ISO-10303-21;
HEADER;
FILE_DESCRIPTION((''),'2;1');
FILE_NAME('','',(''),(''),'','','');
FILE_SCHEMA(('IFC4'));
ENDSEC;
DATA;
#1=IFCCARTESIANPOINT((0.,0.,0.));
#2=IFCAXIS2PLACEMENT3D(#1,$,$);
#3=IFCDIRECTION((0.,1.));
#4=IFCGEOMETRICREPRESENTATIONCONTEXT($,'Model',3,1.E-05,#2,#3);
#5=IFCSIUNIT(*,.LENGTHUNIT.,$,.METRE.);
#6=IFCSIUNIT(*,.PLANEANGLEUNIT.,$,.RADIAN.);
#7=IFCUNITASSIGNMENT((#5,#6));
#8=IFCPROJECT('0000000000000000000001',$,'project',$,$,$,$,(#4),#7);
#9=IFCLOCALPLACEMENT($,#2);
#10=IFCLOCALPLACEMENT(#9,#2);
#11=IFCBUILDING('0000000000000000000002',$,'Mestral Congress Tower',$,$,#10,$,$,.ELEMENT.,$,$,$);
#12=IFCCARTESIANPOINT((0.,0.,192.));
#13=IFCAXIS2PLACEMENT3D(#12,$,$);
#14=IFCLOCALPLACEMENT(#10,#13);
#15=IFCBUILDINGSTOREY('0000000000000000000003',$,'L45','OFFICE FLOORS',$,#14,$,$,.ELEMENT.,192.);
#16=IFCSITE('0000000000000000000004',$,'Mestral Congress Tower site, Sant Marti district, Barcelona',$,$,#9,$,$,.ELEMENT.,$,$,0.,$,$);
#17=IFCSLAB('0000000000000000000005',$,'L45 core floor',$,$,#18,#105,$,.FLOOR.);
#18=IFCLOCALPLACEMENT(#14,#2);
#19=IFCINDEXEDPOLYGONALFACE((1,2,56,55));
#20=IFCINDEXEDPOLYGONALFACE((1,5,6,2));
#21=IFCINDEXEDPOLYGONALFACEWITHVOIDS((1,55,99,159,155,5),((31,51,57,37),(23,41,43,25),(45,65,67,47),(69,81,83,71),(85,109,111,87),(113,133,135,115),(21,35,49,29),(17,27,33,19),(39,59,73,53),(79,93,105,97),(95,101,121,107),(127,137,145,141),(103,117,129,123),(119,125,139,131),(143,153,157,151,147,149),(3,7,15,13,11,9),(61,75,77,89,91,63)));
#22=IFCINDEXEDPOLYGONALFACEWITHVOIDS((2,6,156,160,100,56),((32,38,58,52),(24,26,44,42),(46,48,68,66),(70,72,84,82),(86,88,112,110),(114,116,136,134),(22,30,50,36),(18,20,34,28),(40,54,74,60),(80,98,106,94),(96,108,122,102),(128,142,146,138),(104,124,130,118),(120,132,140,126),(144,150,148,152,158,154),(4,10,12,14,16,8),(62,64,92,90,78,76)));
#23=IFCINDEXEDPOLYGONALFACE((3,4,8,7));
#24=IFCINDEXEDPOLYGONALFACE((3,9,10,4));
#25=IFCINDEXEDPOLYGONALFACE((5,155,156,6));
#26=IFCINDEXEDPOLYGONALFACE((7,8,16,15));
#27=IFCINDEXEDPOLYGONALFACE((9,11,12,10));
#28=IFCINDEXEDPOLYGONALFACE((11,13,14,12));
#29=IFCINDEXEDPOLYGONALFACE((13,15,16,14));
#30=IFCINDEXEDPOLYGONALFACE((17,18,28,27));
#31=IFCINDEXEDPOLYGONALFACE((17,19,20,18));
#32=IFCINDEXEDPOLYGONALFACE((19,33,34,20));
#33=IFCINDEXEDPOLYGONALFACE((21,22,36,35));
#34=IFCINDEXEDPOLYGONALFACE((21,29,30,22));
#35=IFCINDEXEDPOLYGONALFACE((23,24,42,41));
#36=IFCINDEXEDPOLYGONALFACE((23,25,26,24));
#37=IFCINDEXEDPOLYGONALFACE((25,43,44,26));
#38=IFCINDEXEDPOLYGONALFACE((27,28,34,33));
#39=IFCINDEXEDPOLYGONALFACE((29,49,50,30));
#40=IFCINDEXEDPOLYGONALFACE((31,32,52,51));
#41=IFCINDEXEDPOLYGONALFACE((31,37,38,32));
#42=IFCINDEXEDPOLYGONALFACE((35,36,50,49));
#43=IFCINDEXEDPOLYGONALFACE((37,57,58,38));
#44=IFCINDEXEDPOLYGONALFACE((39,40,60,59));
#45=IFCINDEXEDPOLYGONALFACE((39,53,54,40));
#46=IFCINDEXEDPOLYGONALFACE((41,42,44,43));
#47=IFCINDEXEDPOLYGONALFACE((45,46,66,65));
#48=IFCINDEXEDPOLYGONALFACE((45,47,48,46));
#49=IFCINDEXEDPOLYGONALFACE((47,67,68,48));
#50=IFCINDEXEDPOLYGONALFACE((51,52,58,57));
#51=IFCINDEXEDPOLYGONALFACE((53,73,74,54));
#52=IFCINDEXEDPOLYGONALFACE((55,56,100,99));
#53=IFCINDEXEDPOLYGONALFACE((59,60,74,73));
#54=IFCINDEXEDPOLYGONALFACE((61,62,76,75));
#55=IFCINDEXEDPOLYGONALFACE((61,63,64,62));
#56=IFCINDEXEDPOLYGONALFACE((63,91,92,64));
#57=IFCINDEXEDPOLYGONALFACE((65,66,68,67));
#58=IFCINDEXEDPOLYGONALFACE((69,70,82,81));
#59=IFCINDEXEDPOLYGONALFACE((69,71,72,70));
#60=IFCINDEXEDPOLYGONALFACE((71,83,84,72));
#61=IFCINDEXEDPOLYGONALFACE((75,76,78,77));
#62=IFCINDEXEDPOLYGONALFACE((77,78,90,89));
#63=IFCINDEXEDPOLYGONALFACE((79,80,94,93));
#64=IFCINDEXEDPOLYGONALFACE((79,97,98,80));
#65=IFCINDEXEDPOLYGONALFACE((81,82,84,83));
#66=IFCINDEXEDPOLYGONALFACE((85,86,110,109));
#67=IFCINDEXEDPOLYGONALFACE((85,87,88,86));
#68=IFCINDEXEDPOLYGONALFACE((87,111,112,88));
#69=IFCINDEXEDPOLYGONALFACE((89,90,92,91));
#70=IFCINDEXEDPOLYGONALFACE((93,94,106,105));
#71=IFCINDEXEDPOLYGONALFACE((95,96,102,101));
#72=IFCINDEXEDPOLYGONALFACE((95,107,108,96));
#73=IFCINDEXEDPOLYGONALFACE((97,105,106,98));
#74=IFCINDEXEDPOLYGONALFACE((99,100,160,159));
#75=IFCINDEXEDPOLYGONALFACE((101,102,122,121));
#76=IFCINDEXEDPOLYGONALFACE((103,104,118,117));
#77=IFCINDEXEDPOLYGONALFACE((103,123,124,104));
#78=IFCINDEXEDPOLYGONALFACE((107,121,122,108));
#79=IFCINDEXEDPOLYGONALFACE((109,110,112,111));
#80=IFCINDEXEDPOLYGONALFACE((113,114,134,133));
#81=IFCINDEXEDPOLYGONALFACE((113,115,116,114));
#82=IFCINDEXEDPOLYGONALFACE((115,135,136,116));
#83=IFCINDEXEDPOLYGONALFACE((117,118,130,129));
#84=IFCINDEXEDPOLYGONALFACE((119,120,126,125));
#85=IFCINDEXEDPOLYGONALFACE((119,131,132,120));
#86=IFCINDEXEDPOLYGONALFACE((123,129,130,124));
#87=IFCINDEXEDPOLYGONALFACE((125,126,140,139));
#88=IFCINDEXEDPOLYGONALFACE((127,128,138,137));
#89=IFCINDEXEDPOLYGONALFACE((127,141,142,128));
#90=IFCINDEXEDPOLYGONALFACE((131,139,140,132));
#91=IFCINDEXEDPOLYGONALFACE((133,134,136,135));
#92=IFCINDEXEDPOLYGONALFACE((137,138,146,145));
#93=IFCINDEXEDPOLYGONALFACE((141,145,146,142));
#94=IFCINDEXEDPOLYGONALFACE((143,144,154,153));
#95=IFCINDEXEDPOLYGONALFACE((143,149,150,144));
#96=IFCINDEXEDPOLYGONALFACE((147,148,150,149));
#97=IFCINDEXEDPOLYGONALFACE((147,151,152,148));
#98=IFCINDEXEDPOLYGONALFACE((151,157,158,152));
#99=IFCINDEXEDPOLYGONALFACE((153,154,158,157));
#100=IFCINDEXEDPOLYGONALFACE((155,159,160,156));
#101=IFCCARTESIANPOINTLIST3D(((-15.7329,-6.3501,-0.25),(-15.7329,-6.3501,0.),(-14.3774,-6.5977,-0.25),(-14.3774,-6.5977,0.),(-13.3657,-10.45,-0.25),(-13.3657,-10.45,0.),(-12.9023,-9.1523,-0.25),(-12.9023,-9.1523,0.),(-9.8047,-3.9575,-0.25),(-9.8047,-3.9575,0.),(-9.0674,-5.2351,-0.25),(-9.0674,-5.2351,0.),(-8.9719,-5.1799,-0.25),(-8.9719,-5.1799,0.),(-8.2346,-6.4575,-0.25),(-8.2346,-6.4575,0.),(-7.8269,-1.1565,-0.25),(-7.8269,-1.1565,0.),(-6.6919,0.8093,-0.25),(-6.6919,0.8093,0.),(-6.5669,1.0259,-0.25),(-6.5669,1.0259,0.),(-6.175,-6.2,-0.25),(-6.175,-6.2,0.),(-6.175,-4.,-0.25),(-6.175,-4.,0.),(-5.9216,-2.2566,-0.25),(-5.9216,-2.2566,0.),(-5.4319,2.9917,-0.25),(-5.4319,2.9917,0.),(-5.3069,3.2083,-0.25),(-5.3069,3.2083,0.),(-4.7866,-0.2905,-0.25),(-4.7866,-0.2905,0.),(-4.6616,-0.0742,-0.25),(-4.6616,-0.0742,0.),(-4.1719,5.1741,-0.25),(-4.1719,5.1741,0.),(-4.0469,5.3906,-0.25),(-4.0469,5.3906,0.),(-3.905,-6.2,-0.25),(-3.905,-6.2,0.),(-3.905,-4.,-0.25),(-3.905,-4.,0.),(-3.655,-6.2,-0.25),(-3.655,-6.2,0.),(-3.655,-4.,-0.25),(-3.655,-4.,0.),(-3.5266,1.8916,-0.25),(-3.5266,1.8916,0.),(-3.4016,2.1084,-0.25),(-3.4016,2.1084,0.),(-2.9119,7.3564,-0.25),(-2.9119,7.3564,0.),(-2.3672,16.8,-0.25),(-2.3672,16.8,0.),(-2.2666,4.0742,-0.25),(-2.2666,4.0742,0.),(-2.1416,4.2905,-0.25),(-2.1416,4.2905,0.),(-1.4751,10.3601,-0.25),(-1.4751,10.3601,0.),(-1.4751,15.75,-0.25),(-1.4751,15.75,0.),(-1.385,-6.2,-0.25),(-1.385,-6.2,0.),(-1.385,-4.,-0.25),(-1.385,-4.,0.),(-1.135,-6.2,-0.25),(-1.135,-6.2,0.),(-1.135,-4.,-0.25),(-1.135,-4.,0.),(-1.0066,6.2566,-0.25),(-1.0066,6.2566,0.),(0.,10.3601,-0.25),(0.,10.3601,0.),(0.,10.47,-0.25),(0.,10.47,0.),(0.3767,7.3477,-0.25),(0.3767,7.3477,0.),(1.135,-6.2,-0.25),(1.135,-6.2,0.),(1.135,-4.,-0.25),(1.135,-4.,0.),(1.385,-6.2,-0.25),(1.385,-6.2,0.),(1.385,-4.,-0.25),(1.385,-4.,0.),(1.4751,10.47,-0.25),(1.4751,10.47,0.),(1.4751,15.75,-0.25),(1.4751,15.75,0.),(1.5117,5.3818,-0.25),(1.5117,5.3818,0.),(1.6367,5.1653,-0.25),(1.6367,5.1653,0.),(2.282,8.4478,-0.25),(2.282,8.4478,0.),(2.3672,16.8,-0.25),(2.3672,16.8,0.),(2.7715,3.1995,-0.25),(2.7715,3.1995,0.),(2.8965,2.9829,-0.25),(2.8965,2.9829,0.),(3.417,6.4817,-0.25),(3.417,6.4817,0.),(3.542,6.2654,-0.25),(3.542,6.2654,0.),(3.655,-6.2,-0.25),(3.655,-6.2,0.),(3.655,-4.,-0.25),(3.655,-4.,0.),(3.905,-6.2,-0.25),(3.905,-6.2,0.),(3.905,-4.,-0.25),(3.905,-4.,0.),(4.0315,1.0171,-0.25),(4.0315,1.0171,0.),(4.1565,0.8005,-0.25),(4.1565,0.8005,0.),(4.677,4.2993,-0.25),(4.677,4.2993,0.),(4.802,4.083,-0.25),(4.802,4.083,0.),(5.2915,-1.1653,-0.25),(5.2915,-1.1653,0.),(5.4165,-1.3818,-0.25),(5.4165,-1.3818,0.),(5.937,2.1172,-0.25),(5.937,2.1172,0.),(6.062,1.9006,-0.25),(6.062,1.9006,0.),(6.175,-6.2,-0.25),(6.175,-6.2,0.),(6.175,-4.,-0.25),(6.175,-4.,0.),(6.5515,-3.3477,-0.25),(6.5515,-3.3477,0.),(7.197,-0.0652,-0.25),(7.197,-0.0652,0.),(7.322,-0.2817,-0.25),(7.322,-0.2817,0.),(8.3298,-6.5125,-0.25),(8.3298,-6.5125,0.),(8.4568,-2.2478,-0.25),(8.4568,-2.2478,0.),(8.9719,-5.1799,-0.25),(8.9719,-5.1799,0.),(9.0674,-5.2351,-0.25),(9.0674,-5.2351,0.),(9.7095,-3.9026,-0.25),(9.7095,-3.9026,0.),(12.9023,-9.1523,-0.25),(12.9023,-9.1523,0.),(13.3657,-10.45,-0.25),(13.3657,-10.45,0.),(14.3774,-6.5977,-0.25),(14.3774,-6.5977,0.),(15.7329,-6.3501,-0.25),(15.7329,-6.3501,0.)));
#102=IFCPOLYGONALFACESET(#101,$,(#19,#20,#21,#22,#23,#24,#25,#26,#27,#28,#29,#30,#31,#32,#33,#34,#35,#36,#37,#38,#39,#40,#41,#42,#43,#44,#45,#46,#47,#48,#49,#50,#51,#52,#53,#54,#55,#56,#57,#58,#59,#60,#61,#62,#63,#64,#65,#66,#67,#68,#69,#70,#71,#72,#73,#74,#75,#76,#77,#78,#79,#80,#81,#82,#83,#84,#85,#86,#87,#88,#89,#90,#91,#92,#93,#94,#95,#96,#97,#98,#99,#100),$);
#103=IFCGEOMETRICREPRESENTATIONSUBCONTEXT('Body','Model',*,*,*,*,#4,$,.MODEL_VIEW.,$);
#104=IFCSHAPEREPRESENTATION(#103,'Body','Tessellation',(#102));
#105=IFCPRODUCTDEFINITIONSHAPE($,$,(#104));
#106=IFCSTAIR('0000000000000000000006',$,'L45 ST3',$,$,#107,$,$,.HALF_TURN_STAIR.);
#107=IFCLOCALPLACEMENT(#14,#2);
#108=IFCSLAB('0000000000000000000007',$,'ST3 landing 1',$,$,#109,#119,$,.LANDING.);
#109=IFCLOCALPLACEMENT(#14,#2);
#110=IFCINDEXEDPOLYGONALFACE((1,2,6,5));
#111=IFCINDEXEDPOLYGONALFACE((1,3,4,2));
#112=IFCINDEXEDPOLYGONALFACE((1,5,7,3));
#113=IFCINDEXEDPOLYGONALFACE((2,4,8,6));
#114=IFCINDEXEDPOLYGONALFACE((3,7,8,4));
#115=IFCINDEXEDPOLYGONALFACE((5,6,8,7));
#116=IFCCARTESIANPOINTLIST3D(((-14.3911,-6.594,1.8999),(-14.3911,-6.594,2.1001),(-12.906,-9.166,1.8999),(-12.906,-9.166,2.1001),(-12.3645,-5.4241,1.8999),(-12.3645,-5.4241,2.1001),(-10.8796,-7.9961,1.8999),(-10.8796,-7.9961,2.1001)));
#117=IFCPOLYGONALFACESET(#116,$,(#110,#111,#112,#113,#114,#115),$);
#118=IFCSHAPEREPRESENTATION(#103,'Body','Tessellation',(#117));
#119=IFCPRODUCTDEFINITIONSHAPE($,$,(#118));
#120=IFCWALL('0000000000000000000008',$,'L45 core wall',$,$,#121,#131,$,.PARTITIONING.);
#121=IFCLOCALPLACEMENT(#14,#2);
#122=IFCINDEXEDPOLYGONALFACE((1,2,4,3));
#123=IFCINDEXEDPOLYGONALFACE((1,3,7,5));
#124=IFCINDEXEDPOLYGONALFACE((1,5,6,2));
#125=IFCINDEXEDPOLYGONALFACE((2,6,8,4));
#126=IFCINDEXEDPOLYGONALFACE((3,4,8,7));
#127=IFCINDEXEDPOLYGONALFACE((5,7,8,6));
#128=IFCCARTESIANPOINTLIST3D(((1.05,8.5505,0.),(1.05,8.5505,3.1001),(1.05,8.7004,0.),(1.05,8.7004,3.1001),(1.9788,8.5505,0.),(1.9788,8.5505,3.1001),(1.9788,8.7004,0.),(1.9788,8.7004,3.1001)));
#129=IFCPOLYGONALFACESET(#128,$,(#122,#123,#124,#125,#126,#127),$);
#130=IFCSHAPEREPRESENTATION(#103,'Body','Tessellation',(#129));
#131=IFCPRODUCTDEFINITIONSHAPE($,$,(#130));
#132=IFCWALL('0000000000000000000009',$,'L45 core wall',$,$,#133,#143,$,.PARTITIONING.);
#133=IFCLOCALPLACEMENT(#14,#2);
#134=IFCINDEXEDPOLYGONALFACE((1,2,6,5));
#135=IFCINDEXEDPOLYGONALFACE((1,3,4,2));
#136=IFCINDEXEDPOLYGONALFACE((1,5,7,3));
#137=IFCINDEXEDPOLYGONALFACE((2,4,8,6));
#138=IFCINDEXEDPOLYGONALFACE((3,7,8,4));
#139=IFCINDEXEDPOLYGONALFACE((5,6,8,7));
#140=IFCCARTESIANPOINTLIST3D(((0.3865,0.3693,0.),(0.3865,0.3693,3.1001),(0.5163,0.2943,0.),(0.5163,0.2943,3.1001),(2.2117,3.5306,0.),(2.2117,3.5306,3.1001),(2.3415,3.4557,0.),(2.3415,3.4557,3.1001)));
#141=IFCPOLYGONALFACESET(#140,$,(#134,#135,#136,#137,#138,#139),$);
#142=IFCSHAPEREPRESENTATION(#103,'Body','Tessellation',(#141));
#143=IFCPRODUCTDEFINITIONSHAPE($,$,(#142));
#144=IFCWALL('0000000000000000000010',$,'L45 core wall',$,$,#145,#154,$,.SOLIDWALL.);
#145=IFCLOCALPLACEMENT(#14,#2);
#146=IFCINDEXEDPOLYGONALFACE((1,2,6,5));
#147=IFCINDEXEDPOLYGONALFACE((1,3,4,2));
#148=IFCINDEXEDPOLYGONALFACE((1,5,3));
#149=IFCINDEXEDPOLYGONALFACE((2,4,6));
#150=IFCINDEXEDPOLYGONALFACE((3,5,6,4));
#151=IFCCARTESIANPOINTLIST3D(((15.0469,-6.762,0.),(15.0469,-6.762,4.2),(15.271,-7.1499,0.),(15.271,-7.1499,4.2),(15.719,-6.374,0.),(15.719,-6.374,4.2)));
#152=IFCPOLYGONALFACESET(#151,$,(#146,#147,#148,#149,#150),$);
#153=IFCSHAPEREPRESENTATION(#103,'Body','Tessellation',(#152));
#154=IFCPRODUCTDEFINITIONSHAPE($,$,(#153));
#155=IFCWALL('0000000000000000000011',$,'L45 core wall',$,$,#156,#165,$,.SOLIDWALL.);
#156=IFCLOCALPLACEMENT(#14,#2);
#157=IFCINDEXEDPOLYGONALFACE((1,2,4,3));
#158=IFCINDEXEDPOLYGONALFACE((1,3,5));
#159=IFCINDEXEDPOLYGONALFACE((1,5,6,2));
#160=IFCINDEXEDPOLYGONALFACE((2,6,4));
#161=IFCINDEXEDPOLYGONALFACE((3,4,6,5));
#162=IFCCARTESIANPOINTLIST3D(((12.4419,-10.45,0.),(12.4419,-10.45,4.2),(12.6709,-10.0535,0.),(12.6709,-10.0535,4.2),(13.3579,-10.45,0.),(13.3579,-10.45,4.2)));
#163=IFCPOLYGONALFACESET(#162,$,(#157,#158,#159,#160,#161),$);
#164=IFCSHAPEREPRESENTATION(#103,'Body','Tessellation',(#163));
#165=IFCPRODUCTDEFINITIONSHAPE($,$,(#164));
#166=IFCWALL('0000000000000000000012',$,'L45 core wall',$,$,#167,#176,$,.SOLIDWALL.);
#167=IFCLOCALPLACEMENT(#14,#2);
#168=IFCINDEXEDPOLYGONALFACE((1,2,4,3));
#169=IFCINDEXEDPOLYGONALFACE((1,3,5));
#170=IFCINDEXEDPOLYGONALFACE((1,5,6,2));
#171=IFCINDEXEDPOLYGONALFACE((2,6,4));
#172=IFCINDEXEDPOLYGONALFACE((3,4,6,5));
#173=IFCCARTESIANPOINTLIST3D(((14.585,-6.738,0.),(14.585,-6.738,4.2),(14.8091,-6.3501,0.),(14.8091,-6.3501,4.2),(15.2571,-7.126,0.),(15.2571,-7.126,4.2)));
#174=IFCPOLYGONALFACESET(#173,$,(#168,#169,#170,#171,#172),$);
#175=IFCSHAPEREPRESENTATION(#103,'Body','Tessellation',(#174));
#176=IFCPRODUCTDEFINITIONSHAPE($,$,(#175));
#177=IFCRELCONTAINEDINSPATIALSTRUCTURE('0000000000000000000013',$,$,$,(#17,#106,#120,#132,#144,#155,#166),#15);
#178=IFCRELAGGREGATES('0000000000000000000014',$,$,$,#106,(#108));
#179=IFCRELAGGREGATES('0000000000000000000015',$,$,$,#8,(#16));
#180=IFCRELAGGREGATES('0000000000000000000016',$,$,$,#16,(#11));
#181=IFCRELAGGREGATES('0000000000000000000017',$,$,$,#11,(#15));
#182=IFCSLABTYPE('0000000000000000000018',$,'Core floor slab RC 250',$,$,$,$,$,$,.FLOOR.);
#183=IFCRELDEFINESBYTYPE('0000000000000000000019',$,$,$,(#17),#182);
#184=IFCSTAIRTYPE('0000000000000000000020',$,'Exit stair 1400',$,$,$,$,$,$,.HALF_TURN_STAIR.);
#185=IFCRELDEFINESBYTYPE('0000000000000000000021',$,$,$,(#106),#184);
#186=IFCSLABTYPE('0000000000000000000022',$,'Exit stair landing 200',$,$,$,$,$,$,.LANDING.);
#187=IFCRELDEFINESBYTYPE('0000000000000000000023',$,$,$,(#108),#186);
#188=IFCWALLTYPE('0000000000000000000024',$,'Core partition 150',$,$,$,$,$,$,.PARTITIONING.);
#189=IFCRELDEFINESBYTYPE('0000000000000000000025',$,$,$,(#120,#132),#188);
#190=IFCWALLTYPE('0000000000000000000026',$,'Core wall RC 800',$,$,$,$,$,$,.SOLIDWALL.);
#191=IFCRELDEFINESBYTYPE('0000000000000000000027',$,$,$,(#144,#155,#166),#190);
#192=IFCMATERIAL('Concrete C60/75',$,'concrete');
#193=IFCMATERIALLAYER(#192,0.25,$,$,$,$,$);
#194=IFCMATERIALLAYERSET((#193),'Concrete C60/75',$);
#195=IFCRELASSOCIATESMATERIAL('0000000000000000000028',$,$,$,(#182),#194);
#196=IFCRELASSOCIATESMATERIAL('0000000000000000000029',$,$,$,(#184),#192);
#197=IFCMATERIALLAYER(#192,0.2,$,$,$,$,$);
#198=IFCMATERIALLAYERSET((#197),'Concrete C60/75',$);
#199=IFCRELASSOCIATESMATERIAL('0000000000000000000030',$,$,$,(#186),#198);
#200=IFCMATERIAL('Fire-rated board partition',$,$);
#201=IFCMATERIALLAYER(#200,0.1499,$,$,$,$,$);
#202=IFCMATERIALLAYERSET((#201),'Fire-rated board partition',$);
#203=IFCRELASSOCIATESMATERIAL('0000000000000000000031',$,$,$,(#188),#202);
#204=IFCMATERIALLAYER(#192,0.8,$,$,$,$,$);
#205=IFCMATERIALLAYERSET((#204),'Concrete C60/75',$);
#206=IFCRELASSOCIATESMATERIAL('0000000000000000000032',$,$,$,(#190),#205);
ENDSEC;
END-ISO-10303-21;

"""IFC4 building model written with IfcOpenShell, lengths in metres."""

from ifc_helpers import new_model, si_unit, direction, frame, frame_2d, origin, place, context, subcontext, project, spatial, polyline, rectangle, outline, extrude, material, layer, layer_set, type_object, element, aggregate, save


model = new_model("IFC4")

# Units and contexts
model_context = context("Model", 3, precision=1e-05, world=origin(), true_north=direction((0.0, 1.0)))
body_context = subcontext(model_context, "Body", "Model", "MODEL_VIEW")
ifc_project = project(units=[si_unit("LENGTHUNIT", "METRE"), si_unit("PLANEANGLEUNIT", "RADIAN")], contexts=[model_context])

# Site, building, storey
site_placement = place(None, origin())
site = spatial("IfcSite", under=ifc_project, at=site_placement, Name="Mestral Congress Tower site, Sant Marti district, Barcelona", CompositionType="ELEMENT", RefElevation=0.0)
building_placement = place(site_placement, origin())
building = spatial("IfcBuilding", under=site, at=building_placement, Name="Mestral Congress Tower", CompositionType="ELEMENT")
storey_placement = place(building_placement, frame((0.0, 0.0, 192.0)))
storey = spatial("IfcBuildingStorey", under=building, at=storey_placement, Name="L45", Description="OFFICE FLOORS", CompositionType="ELEMENT", Elevation=192.0)

# Slab
ifc_material_1 = material(Name="Concrete C60/75", Category="concrete")
ifc_layer_1 = layer(ifc_material_1, 0.25)
ifc_layer_set_1 = layer_set([ifc_layer_1], Name="Concrete C60/75")
slab_type_1 = type_object("IfcSlabType", Name="Core floor slab RC 250", PredefinedType="FLOOR", material=ifc_layer_set_1)
slab_1_placement = place(storey_placement, frame((0.0, 0.0, -0.25)))
element("IfcSlab", 1, at=slab_1_placement, inside=storey, type_object=slab_type_1, Name="L45 core floor", PredefinedType="FLOOR", context=body_context, shape_type="SweptSolid", body=[
    extrude(outline(polyline([(13.3657, -10.45), (-13.3657, -10.45), (-15.7329, -6.3501), (-2.3672, 16.8), (2.3672, 16.8), (15.7329, -6.3501), (13.3657, -10.45)]), holes=[polyline([(-9.8047, -3.9575), (-14.3774, -6.5977), (-12.9023, -9.1523), (-8.2346, -6.4575), (-8.9719, -5.1799), (-9.0674, -5.2351), (-9.8047, -3.9575)]), polyline([(-3.905, -4.0), (-6.175, -4.0), (-6.175, -6.2), (-3.905, -6.2), (-3.905, -4.0)]), polyline([(-1.385, -4.0), (-3.655, -4.0), (-3.655, -6.2), (-1.385, -6.2), (-1.385, -4.0)]), polyline([(1.135, -4.0), (-1.135, -4.0), (-1.135, -6.2), (1.135, -6.2), (1.135, -4.0)]), polyline([(-5.9216, -2.2566), (-4.7866, -0.2905), (-6.6919, 0.8093), (-7.8269, -1.1565), (-5.9216, -2.2566)]), polyline([(-4.6616, -0.0742), (-3.5266, 1.8916), (-5.4319, 2.9917), (-6.5669, 1.0259), (-4.6616, -0.0742)]), polyline([(-3.4016, 2.1084), (-2.2666, 4.0742), (-4.1719, 5.1741), (-5.3069, 3.2083), (-3.4016, 2.1084)]), polyline([(-2.1416, 4.2905), (-1.0066, 6.2566), (-2.9119, 7.3564), (-4.0469, 5.3906), (-2.1416, 4.2905)]), polyline([(1.4751, 10.47), (1.4751, 15.75), (-1.4751, 15.75), (-1.4751, 10.3601), (0.0, 10.3601), (0.0, 10.47), (1.4751, 10.47)]), polyline([(8.3298, -6.5125), (12.9023, -9.1523), (14.3774, -6.5977), (9.7095, -3.9026), (8.9719, -5.1799), (9.0674, -5.2351), (8.3298, -6.5125)]), polyline([(3.655, -4.0), (1.385, -4.0), (1.385, -6.2), (3.655, -6.2), (3.655, -4.0)]), polyline([(6.175, -4.0), (3.905, -4.0), (3.905, -6.2), (6.175, -6.2), (6.175, -4.0)]), polyline([(5.4165, -1.3818), (6.5515, -3.3477), (8.4568, -2.2478), (7.322, -0.2817), (5.4165, -1.3818)]), polyline([(4.1565, 0.8005), (5.2915, -1.1653), (7.197, -0.0652), (6.062, 1.9006), (4.1565, 0.8005)]), polyline([(2.8965, 2.9829), (4.0315, 1.0171), (5.937, 2.1172), (4.802, 4.083), (2.8965, 2.9829)]), polyline([(3.542, 6.2654), (1.6367, 5.1653), (2.7715, 3.1995), (4.677, 4.2993), (3.542, 6.2654)]), polyline([(2.282, 8.4478), (0.3767, 7.3477), (1.5117, 5.3818), (3.417, 6.4817), (2.282, 8.4478)])]), origin(), (0.0, 0.0, 1.0), 0.25),
])

# Stair, slab
stair_type = type_object("IfcStairType", Name="Exit stair 1400", PredefinedType="HALF_TURN_STAIR", material=ifc_material_1)
placement = place(storey_placement, origin())
stair = element("IfcStair", 2, at=placement, inside=storey, type_object=stair_type, Name="L45 ST3", PredefinedType="HALF_TURN_STAIR")
ifc_layer_2 = layer(ifc_material_1, 0.2)
ifc_layer_set_2 = layer_set([ifc_layer_2], Name="Concrete C60/75")
slab_type_2 = type_object("IfcSlabType", Name="Exit stair landing 200", PredefinedType="LANDING", material=ifc_layer_set_2)
slab_2_placement = place(storey_placement, frame((0.0, 0.0, 1.8999)))
slab_2 = element("IfcSlab", 3, at=slab_2_placement, type_object=slab_type_2, Name="ST3 landing 1", PredefinedType="LANDING", context=body_context, shape_type="SweptSolid", body=[
    extrude(outline(polyline([(-12.3645, -5.4241), (-10.8796, -7.9961), (-12.906, -9.166), (-14.3911, -6.594), (-12.3645, -5.4241)])), origin(), (0.0, 0.0, 1.0), 0.2002),
])
aggregate(stair, [slab_2])

# Walls
ifc_material_2 = material(Name="Fire-rated board partition")
ifc_layer_3 = layer(ifc_material_2, 0.1499)
ifc_layer_set_3 = layer_set([ifc_layer_3], Name="Fire-rated board partition")
wall_type_1 = type_object("IfcWallType", Name="Core partition 150", PredefinedType="PARTITIONING", material=ifc_layer_set_3)
wall_1_placement = place(storey_placement, frame((1.05, 8.6255, 0.0), z_axis=(0.0, 0.0, 1.0), x_axis=(1.0, 0.0, 0.0)))
element("IfcWall", 4, at=wall_1_placement, inside=storey, type_object=wall_type_1, Name="L45 core wall", PredefinedType="PARTITIONING", context=body_context, shape_type="SweptSolid", body=[
    extrude(rectangle(XDim=0.9287, YDim=0.1499, at=frame_2d((0.4644, 0.0))), origin(), (0.0, 0.0, 1.0), 3.1001),
])
wall_2_placement = place(storey_placement, frame((2.2766, 3.4932, 0.0), z_axis=(0.0, 0.0, 1.0), x_axis=(-0.499995, -0.866029, 0.0)))
element("IfcWall", 5, at=wall_2_placement, inside=storey, type_object=wall_type_1, Name="L45 core wall", PredefinedType="PARTITIONING", context=body_context, shape_type="SweptSolid", body=[
    extrude(rectangle(XDim=3.6504, YDim=0.1499, at=frame_2d((1.8252, 0.0))), origin(), (0.0, 0.0, 1.0), 3.1001),
])
ifc_layer_4 = layer(ifc_material_1, 0.8)
ifc_layer_set_4 = layer_set([ifc_layer_4], Name="Concrete C60/75")
wall_type_2 = type_object("IfcWallType", Name="Core wall RC 800", PredefinedType="SOLIDWALL", material=ifc_layer_set_4)
element("IfcWall", 6, at=placement, inside=storey, type_object=wall_type_2, Name="L45 core wall", PredefinedType="SOLIDWALL", context=body_context, shape_type="SweptSolid", body=[
    extrude(outline(polyline([(15.271, -7.1499), (15.0469, -6.762), (15.719, -6.374), (15.271, -7.1499)])), origin(), (0.0, 0.0, 1.0), 4.2),
])
element("IfcWall", 7, at=placement, inside=storey, type_object=wall_type_2, Name="L45 core wall", PredefinedType="SOLIDWALL", context=body_context, shape_type="SweptSolid", body=[
    extrude(outline(polyline([(12.4419, -10.45), (12.6709, -10.0535), (13.3579, -10.45), (12.4419, -10.45)])), origin(), (0.0, 0.0, 1.0), 4.2),
])
element("IfcWall", 8, at=placement, inside=storey, type_object=wall_type_2, Name="L45 core wall", PredefinedType="SOLIDWALL", context=body_context, shape_type="SweptSolid", body=[
    extrude(outline(polyline([(14.8091, -6.3501), (15.2571, -7.126), (14.585, -6.738), (14.8091, -6.3501)])), origin(), (0.0, 0.0, 1.0), 4.2),
])

save(model, "model.ifc")
